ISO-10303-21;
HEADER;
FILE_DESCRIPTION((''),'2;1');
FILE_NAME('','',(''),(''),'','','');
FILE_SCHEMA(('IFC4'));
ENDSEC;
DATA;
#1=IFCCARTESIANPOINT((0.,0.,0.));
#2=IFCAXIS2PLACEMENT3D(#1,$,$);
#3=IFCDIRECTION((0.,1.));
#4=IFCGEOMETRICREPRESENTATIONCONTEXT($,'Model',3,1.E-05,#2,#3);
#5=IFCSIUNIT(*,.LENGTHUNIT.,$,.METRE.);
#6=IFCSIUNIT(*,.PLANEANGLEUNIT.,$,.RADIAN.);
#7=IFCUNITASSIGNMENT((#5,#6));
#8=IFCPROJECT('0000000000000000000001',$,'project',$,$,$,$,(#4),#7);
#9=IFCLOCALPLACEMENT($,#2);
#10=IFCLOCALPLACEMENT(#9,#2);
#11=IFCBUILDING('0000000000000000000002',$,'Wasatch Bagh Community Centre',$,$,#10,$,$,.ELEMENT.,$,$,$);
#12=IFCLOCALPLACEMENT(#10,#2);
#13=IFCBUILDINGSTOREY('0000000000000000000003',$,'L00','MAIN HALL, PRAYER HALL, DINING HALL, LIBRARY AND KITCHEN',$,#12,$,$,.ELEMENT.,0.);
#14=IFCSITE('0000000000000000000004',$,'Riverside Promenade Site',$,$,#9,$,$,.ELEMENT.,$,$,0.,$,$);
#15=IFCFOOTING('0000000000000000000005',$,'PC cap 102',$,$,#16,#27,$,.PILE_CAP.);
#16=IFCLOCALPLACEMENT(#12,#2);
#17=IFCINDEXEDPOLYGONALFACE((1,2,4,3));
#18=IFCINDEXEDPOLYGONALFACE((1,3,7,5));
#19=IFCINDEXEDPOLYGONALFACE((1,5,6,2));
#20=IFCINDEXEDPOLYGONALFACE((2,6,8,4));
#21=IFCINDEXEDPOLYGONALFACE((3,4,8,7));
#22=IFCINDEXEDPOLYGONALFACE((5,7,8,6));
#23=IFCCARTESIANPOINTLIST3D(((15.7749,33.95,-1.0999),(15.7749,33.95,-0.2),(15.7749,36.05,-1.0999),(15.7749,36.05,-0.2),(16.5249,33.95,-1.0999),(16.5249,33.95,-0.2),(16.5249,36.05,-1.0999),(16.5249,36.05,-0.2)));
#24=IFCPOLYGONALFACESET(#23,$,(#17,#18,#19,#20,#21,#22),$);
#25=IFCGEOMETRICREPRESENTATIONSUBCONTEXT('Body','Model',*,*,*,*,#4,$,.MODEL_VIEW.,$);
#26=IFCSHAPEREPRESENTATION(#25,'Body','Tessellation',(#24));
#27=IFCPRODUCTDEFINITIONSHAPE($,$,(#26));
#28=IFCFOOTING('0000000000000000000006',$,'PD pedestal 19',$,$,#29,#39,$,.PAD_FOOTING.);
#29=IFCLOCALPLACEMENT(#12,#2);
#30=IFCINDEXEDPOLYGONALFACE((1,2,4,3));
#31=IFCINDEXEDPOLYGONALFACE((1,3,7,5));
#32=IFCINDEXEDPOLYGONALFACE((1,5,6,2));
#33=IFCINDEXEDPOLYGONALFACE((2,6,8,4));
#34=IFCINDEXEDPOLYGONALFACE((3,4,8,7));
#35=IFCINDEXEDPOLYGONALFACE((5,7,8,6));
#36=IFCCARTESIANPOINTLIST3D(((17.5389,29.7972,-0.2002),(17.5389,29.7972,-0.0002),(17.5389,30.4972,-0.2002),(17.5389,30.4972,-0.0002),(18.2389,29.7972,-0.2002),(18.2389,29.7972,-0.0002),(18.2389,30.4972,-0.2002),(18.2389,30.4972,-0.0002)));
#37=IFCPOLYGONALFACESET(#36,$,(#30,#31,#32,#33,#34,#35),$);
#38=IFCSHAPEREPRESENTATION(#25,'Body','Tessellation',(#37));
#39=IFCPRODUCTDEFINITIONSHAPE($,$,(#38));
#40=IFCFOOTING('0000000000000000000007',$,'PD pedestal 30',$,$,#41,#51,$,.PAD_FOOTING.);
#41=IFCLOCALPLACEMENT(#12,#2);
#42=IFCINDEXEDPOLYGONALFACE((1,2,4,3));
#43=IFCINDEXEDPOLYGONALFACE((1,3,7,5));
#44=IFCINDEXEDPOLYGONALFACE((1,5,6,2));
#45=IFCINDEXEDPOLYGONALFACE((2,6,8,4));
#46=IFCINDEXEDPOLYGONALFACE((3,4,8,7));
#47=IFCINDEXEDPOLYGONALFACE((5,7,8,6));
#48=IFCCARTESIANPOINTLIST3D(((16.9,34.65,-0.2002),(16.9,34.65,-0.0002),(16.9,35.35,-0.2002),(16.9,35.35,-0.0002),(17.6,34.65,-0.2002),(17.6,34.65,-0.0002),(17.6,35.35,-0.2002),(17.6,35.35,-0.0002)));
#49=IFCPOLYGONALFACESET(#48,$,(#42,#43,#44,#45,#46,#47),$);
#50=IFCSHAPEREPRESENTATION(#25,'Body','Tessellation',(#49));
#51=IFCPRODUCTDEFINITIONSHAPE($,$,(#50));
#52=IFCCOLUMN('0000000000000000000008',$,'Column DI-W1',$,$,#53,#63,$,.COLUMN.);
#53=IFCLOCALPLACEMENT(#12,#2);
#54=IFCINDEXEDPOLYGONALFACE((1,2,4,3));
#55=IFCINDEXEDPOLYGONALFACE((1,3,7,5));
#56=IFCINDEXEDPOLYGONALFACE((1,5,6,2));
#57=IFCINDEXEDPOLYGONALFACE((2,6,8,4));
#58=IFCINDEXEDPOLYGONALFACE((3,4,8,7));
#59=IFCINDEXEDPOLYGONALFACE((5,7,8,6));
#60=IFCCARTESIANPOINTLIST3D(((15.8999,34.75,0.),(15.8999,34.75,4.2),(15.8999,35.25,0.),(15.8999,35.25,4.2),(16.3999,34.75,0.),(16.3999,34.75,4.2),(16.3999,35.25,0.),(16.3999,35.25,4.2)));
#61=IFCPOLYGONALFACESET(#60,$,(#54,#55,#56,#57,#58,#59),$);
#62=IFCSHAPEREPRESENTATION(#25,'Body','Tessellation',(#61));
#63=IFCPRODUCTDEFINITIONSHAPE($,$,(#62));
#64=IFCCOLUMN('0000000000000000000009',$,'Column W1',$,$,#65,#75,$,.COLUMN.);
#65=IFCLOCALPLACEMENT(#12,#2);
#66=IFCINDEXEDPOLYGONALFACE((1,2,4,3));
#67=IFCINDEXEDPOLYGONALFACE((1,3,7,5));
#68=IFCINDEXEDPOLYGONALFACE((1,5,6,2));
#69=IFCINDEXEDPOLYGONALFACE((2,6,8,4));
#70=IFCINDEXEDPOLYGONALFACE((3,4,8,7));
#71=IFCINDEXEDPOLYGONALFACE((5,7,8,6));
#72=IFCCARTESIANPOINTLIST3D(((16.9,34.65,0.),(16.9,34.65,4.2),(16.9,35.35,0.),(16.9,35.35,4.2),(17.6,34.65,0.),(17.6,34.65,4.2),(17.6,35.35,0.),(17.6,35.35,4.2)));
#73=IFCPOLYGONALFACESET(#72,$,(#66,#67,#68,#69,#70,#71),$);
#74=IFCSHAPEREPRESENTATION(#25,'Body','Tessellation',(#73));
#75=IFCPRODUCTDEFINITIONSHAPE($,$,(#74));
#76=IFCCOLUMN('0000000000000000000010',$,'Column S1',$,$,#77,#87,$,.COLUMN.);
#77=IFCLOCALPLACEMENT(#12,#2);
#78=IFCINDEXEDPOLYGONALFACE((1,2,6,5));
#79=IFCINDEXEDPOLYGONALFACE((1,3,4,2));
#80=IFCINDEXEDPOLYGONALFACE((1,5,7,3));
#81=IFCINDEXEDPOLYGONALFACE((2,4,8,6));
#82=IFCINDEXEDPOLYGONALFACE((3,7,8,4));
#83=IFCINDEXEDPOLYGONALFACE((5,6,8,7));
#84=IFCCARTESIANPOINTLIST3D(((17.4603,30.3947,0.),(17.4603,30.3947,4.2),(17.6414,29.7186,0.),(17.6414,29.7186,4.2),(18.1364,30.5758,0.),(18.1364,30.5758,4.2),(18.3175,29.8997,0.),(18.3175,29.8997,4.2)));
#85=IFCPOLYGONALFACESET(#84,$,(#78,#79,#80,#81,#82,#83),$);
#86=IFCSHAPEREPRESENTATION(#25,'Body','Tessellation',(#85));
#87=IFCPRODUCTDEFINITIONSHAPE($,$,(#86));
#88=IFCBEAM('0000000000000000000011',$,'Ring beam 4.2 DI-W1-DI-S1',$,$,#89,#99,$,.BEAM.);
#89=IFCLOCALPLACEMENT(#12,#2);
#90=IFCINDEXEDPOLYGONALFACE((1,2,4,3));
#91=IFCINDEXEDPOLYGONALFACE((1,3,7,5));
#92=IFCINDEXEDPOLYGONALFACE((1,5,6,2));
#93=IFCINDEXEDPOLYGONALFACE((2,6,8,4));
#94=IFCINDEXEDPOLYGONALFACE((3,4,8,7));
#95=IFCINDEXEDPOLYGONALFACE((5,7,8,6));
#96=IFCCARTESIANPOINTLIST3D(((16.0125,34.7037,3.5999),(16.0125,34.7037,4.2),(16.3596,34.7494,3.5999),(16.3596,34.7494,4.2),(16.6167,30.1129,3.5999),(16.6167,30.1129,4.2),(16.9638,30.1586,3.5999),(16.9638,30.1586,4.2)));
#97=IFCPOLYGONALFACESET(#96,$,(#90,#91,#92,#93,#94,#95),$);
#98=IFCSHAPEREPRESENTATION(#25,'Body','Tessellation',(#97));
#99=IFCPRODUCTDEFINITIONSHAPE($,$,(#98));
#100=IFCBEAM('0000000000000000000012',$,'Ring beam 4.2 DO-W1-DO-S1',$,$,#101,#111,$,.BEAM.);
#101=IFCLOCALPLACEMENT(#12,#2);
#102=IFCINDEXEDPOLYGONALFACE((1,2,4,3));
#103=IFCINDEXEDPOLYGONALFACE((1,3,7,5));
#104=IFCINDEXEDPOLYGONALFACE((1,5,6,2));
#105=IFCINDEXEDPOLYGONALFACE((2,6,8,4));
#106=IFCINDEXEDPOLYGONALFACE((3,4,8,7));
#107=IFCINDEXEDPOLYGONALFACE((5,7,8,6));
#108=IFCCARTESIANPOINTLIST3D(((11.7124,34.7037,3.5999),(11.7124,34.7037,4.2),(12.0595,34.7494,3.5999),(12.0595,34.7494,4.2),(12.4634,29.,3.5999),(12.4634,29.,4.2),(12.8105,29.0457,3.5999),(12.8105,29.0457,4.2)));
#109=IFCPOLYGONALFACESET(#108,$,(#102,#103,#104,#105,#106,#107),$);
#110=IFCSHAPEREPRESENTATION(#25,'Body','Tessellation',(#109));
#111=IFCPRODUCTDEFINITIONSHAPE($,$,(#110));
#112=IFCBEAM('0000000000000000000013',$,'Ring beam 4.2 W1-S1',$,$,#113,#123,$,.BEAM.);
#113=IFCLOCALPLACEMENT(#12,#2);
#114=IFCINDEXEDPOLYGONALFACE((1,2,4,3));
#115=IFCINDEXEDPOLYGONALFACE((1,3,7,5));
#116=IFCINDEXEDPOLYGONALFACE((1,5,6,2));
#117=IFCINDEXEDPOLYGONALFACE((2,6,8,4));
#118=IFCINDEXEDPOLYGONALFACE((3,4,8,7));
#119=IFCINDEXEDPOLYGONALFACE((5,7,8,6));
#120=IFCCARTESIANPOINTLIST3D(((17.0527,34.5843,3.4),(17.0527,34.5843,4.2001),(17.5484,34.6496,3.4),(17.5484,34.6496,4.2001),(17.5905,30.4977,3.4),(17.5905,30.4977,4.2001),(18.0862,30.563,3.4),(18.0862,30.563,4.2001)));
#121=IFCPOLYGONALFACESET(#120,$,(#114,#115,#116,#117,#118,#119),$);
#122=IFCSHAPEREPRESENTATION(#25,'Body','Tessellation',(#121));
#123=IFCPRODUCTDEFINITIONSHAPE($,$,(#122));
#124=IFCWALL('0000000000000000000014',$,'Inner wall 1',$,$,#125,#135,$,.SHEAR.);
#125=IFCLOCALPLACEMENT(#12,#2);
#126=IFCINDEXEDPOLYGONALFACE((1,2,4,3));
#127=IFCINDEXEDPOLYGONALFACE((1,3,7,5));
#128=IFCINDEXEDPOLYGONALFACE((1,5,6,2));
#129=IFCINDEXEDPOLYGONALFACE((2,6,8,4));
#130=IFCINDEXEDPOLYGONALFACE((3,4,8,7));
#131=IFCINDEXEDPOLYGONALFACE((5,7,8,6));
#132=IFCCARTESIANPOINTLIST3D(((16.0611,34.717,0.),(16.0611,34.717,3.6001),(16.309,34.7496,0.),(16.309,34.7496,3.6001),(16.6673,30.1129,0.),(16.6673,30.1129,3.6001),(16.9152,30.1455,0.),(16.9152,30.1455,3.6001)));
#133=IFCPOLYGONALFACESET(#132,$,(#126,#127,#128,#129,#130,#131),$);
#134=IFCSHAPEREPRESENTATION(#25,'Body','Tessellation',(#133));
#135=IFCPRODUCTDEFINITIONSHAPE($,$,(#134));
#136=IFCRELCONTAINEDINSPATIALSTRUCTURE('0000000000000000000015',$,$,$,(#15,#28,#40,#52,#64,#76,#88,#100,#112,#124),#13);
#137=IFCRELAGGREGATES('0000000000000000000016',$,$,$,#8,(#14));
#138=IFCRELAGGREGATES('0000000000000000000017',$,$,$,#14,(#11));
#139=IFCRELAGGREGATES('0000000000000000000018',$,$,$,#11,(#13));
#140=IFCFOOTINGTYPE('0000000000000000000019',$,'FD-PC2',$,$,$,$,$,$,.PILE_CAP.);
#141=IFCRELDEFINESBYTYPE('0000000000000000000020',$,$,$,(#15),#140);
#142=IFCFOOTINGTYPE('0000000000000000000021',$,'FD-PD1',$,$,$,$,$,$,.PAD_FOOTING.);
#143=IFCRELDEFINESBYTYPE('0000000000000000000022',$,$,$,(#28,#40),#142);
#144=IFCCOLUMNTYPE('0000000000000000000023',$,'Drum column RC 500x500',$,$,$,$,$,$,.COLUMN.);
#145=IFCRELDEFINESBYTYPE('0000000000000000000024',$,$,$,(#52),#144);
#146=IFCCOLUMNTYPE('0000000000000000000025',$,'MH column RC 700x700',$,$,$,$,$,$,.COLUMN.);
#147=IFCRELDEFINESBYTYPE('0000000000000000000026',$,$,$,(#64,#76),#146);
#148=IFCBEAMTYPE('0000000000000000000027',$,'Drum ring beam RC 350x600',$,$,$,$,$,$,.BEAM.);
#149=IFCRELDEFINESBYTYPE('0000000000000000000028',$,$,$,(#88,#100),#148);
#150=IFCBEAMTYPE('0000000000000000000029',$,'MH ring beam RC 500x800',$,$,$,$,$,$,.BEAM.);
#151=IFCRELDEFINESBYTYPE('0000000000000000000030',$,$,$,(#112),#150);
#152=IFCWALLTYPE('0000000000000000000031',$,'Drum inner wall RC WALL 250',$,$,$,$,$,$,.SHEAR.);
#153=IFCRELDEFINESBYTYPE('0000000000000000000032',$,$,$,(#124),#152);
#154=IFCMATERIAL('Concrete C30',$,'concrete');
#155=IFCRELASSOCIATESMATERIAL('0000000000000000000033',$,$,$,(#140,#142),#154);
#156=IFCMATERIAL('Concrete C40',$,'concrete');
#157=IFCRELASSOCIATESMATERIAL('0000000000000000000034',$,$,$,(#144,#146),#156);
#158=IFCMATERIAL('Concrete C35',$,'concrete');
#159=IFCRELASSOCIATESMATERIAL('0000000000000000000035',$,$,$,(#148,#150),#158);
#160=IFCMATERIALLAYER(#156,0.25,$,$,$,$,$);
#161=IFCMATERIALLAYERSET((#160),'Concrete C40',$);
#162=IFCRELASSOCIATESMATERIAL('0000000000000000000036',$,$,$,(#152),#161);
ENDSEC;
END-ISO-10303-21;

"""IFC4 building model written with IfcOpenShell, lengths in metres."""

from ifc_helpers import new_model, si_unit, direction, frame, frame_2d, origin, origin_2d, place, context, subcontext, project, spatial, rectangle, extrude, material, layer, layer_set, material_profile, profile_set, type_object, element, save


model = new_model("IFC4")

# Units and contexts
model_context = context("Model", 3, precision=1e-05, world=origin(), true_north=direction((0.0, 1.0)))
body_context = subcontext(model_context, "Body", "Model", "MODEL_VIEW")
ifc_project = project(units=[si_unit("LENGTHUNIT", "METRE"), si_unit("PLANEANGLEUNIT", "RADIAN")], contexts=[model_context])

# Site, building, storey
site_placement = place(None, origin())
site = spatial("IfcSite", under=ifc_project, at=site_placement, Name="Riverside Promenade Site", CompositionType="ELEMENT", RefElevation=0.0)
building_placement = place(site_placement, origin())
building = spatial("IfcBuilding", under=site, at=building_placement, Name="Wasatch Bagh Community Centre", CompositionType="ELEMENT")
storey_placement = place(building_placement, origin())
storey = spatial("IfcBuildingStorey", under=building, at=storey_placement, Name="L00", Description="MAIN HALL, PRAYER HALL, DINING HALL, LIBRARY AND KITCHEN", CompositionType="ELEMENT", Elevation=0.0)

# Shared definitions
ifc_material_1 = material(Name="Concrete C35", Category="concrete")

# Shared definitions
ifc_material_2 = material(Name="Concrete C30", Category="concrete")

# Footings
footing_type_1 = type_object("IfcFootingType", Name="FD-PC2", PredefinedType="PILE_CAP", material=ifc_material_2)
for number, where, z_axis, x_axis, name in (
    (1, (16.1499, 35.0, -1.0999), (0.0, 0.0, 1.0), (0.0, 1.0, 0.0), "PC cap 102"),
):
    element("IfcFooting", number, at=place(storey_placement, frame(where, z_axis=z_axis, x_axis=x_axis)), inside=storey, type_object=footing_type_1, Name=name, PredefinedType="PILE_CAP", context=body_context, shape_type="SweptSolid", body=[
        extrude(rectangle(XDim=2.1001, YDim=0.75, at=origin_2d()), origin(), (0.0, 0.0, 1.0), 0.8999),
    ])
footing_type_2 = type_object("IfcFootingType", Name="FD-PD1", PredefinedType="PAD_FOOTING", material=ifc_material_2)
for number, where, z_axis, x_axis, name in (
    (2, (17.8889, 30.1472, -0.2002), (0.0, 0.0, 1.0), (1.0, 0.0, 0.0), "PD pedestal 19"),
    (3, (17.25, 35.0, -0.2002), (0.0, 0.0, 1.0), (1.0, 0.0, 0.0), "PD pedestal 30"),
):
    element("IfcFooting", number, at=place(storey_placement, frame(where, z_axis=z_axis, x_axis=x_axis)), inside=storey, type_object=footing_type_2, Name=name, PredefinedType="PAD_FOOTING", context=body_context, shape_type="SweptSolid", body=[
        extrude(rectangle(XDim=0.7, YDim=0.7, at=origin_2d()), origin(), (0.0, 0.0, 1.0), 0.2),
    ])

# Columns
ifc_material_3 = material(Name="Concrete C40", Category="concrete")
ifc_material_profile_1 = material_profile(ifc_material_3, rectangle(XDim=0.5, YDim=0.5, at=origin_2d()), Name="RC 500x500")
ifc_profile_set_1 = profile_set([ifc_material_profile_1], Name="Concrete C40")
column_type_1 = type_object("IfcColumnType", Name="Drum column RC 500x500", PredefinedType="COLUMN", material=ifc_profile_set_1)
column_placement = place(storey_placement, frame((16.1499, 35.0, 0.0), z_axis=(0.0, 0.0, 1.0), x_axis=(1.0, 0.0, 0.0)))
element("IfcColumn", 4, at=column_placement, inside=storey, type_object=column_type_1, Name="Column DI-W1", PredefinedType="COLUMN", context=body_context, shape_type="SweptSolid", body=[
    extrude(rectangle(XDim=0.5, YDim=0.5, at=origin_2d()), origin(), (0.0, 0.0, 1.0), 4.2),
])
ifc_material_profile_2 = material_profile(ifc_material_3, rectangle(XDim=0.7, YDim=0.7, at=origin_2d()), Name="RC 700x700")
ifc_profile_set_2 = profile_set([ifc_material_profile_2], Name="Concrete C40")
column_type_2 = type_object("IfcColumnType", Name="MH column RC 700x700", PredefinedType="COLUMN", material=ifc_profile_set_2)
for number, where, z_axis, x_axis, name in (
    (5, (17.25, 35.0, 0.0), (0.0, 0.0, 1.0), (1.0, 0.0, 0.0), "Column W1"),
    (6, (17.8889, 30.1472, 0.0), (0.0, 0.0, 1.0), (0.965926, 0.258819, 0.0), "Column S1"),
):
    element("IfcColumn", number, at=place(storey_placement, frame(where, z_axis=z_axis, x_axis=x_axis)), inside=storey, type_object=column_type_2, Name=name, PredefinedType="COLUMN", context=body_context, shape_type="SweptSolid", body=[
        extrude(rectangle(XDim=0.7, YDim=0.7, at=origin_2d()), origin(), (0.0, 0.0, 1.0), 4.2),
    ])

# Beams
ifc_material_profile_3 = material_profile(ifc_material_1, rectangle(XDim=0.3501, YDim=0.6001, at=origin_2d()), Name="RC 350x600")
ifc_profile_set_3 = profile_set([ifc_material_profile_3], Name="Concrete C35")
beam_type_1 = type_object("IfcBeamType", Name="Drum ring beam RC 350x600", PredefinedType="BEAM", material=ifc_profile_set_3)
beam_1_placement = place(storey_placement, frame((16.186, 34.7266, 3.8999), z_axis=(0.130495, -0.991449, 0.0), x_axis=(0.991449, 0.130495, 0.0)))
element("IfcBeam", 7, at=beam_1_placement, inside=storey, type_object=beam_type_1, Name="Ring beam 4.2 DI-W1-DI-S1", PredefinedType="BEAM", context=body_context, shape_type="SweptSolid", body=[
    extrude(rectangle(XDim=0.3501, YDim=0.6001, at=origin_2d()), origin(), (0.0, 0.0, 1.0), 4.6304),
])
beam_2_placement = place(storey_placement, frame((11.886, 34.7266, 3.8999), z_axis=(0.13054, -0.991443, 0.0), x_axis=(0.991443, 0.13054, 0.0)))
element("IfcBeam", 8, at=beam_2_placement, inside=storey, type_object=beam_type_1, Name="Ring beam 4.2 DO-W1-DO-S1", PredefinedType="BEAM", context=body_context, shape_type="SweptSolid", body=[
    extrude(rectangle(XDim=0.3501, YDim=0.6001, at=origin_2d()), origin(), (0.0, 0.0, 1.0), 5.7529),
])
ifc_material_profile_4 = material_profile(ifc_material_1, rectangle(XDim=0.5, YDim=0.8, at=origin_2d()), Name="RC 500x800")
ifc_profile_set_4 = profile_set([ifc_material_profile_4], Name="Concrete C35")
beam_type_2 = type_object("IfcBeamType", Name="MH ring beam RC 500x800", PredefinedType="BEAM", material=ifc_profile_set_4)
beam_3_placement = place(storey_placement, frame((17.3005, 34.6169, 3.8), z_axis=(0.130484, -0.99145, 0.0), x_axis=(0.99145, 0.130484, 0.0)))
element("IfcBeam", 9, at=beam_3_placement, inside=storey, type_object=beam_type_2, Name="Ring beam 4.2 W1-S1", PredefinedType="BEAM", context=body_context, shape_type="SweptSolid", body=[
    extrude(rectangle(XDim=0.5, YDim=0.8, at=origin_2d()), origin(), (0.0, 0.0, 1.0), 4.1218),
])

# Wall
ifc_layer_1 = layer(ifc_material_3, 0.25)
ifc_layer_set_1 = layer_set([ifc_layer_1], Name="Concrete C40")
wall_type_1 = type_object("IfcWallType", Name="Drum inner wall RC WALL 250", PredefinedType="SHEAR", material=ifc_layer_set_1)
wall_1_placement = place(storey_placement, frame((16.1851, 34.7332, 0.0), z_axis=(0.0, 0.0, 1.0), x_axis=(0.130542, -0.991443, 0.0)))
element("IfcWall", 10, at=wall_1_placement, inside=storey, type_object=wall_type_1, Name="Inner wall 1", PredefinedType="SHEAR", context=body_context, shape_type="SweptSolid", body=[
    extrude(rectangle(XDim=4.6438, YDim=0.25, at=frame_2d((2.3218, 0.0))), origin(), (0.0, 0.0, 1.0), 3.6001),
])

save(model, "model.ifc")
